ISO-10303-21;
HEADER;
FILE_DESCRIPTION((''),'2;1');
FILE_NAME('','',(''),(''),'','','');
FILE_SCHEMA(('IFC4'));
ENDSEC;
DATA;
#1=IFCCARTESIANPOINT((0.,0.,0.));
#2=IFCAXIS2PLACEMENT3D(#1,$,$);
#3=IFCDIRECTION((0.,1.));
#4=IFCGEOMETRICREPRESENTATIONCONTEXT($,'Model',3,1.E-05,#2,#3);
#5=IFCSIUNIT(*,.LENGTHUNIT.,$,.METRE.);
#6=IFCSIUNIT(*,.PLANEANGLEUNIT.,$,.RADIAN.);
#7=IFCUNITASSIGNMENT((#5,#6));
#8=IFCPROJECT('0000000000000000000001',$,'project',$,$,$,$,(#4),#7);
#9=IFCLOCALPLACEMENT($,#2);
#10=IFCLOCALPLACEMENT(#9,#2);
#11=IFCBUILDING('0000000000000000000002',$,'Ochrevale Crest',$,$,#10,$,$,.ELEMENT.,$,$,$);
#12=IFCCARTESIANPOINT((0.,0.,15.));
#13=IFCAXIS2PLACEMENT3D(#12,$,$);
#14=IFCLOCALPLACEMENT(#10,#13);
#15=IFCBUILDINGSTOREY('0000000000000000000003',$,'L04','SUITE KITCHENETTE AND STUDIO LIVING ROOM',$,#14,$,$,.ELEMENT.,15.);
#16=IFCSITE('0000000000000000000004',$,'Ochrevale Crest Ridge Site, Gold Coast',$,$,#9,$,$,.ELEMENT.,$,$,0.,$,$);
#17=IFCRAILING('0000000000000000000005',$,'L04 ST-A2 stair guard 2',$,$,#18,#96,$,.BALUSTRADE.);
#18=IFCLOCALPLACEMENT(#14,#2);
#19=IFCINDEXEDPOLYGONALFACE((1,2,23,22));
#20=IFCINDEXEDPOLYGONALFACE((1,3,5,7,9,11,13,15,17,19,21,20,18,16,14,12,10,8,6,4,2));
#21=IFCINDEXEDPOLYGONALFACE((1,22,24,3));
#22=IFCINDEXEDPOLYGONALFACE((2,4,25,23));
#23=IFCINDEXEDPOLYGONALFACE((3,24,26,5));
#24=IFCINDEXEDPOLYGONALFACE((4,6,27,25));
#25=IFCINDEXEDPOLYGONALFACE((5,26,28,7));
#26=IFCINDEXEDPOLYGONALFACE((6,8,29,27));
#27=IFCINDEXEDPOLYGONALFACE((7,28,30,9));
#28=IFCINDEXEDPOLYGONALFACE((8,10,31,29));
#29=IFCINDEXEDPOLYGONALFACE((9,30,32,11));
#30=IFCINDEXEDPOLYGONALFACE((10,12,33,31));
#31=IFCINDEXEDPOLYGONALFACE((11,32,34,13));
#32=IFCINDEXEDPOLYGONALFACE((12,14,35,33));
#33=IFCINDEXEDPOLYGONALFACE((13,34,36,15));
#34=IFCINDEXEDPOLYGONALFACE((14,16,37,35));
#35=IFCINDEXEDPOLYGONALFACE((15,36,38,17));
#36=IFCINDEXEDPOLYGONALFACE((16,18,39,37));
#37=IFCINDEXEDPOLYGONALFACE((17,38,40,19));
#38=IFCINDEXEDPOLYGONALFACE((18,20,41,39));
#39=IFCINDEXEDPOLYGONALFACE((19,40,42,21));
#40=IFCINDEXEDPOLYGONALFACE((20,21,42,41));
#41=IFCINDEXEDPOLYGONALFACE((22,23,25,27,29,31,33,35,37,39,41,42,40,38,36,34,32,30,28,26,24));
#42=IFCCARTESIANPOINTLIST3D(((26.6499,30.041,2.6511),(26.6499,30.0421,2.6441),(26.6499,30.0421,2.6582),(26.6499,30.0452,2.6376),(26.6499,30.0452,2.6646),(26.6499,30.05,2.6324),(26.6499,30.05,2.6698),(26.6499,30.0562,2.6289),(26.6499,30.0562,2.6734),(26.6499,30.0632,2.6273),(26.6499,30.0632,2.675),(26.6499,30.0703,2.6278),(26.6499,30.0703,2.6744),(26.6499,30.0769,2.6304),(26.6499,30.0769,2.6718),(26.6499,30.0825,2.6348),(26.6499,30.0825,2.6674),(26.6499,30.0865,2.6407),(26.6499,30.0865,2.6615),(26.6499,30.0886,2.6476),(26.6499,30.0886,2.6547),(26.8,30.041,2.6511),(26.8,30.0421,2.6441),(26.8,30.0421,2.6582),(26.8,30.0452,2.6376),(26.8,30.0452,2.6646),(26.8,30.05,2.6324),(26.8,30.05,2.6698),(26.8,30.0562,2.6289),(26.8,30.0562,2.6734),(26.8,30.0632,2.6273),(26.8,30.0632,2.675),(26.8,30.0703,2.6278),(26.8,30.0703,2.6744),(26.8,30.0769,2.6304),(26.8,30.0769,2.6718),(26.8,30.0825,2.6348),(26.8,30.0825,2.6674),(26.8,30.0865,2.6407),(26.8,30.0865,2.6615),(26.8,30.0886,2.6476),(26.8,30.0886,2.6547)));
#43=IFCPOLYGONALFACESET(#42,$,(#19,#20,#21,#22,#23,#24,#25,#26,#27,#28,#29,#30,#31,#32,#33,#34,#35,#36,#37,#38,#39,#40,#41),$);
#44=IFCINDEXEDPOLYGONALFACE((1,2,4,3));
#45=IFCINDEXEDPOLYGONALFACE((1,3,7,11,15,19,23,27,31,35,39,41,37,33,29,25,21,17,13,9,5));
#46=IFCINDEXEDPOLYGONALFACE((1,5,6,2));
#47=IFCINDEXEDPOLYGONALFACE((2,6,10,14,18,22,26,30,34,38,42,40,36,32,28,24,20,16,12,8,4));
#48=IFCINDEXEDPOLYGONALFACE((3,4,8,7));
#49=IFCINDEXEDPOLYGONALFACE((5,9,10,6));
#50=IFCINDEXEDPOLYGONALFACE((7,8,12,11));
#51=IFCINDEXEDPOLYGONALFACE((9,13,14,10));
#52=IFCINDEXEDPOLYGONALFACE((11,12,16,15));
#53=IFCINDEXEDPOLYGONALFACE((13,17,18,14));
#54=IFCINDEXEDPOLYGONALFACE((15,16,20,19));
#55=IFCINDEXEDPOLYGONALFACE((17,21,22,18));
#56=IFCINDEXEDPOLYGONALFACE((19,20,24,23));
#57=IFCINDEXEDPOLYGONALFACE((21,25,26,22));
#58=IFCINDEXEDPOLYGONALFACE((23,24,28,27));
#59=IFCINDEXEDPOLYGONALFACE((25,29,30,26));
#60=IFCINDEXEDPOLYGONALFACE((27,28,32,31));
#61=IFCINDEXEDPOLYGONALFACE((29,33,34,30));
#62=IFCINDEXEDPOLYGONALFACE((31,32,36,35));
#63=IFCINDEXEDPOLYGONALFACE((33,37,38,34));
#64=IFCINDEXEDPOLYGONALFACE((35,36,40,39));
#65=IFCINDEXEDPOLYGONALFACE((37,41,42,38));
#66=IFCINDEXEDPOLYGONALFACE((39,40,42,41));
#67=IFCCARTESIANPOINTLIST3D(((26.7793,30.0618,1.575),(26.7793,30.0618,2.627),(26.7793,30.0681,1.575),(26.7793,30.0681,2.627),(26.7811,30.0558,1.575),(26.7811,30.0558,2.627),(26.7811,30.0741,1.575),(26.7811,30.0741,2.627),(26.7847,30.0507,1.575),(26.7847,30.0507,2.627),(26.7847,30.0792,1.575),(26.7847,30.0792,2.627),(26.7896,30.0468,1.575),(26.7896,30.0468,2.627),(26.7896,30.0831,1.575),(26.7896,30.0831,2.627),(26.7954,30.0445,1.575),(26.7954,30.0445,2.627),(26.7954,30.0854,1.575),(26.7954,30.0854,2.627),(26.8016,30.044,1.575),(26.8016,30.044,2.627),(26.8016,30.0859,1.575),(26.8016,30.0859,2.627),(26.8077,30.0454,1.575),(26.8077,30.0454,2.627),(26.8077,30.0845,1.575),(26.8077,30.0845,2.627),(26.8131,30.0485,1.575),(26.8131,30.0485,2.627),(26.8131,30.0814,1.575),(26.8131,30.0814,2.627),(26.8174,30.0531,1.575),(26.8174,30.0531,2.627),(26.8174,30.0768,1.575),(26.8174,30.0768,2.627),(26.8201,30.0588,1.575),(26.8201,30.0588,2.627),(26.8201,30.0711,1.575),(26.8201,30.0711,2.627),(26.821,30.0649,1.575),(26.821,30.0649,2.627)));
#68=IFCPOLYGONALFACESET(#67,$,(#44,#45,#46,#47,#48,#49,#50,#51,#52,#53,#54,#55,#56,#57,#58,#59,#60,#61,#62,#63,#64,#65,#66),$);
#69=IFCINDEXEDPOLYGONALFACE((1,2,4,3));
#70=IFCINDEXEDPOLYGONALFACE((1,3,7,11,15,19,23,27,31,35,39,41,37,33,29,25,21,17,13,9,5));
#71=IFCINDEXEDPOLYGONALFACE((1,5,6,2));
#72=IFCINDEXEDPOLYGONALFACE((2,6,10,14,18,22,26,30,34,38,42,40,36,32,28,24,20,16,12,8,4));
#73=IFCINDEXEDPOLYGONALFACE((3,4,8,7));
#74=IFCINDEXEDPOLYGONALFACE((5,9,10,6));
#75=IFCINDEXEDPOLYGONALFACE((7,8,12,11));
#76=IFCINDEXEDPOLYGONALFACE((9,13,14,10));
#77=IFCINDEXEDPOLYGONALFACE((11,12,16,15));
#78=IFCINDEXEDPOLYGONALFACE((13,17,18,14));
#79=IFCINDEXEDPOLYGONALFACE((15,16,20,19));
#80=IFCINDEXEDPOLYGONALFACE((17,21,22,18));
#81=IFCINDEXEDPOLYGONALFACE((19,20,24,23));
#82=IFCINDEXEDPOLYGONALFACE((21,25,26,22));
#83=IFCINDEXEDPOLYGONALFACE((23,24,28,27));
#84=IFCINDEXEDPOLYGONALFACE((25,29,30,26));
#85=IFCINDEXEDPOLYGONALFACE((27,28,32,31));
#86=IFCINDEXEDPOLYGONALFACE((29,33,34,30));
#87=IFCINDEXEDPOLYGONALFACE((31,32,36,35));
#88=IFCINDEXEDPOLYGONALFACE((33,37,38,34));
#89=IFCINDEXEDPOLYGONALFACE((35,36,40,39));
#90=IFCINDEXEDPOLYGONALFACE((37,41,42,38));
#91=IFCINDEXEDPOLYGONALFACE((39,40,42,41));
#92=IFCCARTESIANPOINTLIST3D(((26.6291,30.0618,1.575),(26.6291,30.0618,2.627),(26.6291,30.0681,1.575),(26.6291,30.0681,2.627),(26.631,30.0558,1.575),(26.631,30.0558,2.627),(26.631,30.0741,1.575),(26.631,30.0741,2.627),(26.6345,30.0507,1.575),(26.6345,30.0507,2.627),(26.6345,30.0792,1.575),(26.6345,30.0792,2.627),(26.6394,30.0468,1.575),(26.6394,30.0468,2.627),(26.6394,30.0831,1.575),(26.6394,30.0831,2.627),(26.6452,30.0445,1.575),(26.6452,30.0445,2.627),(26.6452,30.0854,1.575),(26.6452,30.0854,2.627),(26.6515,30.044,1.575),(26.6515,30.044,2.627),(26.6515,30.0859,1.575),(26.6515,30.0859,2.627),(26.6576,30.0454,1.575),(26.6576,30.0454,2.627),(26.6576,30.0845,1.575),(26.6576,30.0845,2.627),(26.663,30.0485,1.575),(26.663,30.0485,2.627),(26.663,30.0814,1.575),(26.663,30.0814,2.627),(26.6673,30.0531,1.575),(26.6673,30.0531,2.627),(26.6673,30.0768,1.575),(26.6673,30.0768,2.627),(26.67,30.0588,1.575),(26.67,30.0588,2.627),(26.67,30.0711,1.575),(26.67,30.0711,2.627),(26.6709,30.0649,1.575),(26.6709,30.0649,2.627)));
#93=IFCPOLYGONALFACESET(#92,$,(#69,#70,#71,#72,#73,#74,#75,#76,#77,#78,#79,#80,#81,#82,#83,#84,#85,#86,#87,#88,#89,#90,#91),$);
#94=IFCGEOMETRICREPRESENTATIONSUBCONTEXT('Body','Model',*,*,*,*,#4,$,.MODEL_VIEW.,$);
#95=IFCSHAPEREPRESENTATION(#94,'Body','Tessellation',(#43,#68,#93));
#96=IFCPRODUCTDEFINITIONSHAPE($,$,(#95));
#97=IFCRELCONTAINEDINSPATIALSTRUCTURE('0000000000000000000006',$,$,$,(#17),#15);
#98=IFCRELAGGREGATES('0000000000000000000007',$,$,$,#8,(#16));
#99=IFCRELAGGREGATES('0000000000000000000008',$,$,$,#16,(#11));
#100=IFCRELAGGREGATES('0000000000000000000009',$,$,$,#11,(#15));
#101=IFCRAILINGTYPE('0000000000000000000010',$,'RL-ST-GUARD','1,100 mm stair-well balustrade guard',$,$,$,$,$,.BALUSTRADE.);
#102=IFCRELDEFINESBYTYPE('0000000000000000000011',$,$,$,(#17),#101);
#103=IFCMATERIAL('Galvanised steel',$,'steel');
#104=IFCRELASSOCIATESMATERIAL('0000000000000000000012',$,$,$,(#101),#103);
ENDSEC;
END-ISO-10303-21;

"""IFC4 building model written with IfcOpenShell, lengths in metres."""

from ifc_helpers import new_model, si_unit, direction, frame, origin, origin_2d, place, context, subcontext, project, spatial, circle, extrude, material, type_object, element, save


model = new_model("IFC4")

# Units and contexts
model_context = context("Model", 3, precision=1e-05, world=origin(), true_north=direction((0.0, 1.0)))
body_context = subcontext(model_context, "Body", "Model", "MODEL_VIEW")
ifc_project = project(units=[si_unit("LENGTHUNIT", "METRE"), si_unit("PLANEANGLEUNIT", "RADIAN")], contexts=[model_context])

# Site, building, storey
site_placement = place(None, origin())
site = spatial("IfcSite", under=ifc_project, at=site_placement, Name="Ochrevale Crest Ridge Site, Gold Coast", CompositionType="ELEMENT", RefElevation=0.0)
building_placement = place(site_placement, origin())
building = spatial("IfcBuilding", under=site, at=building_placement, Name="Ochrevale Crest", CompositionType="ELEMENT")
storey_placement = place(building_placement, frame((0.0, 0.0, 15.0)))
storey = spatial("IfcBuildingStorey", under=building, at=storey_placement, Name="L04", Description="SUITE KITCHENETTE AND STUDIO LIVING ROOM", CompositionType="ELEMENT", Elevation=15.0)

# Railing
ifc_material_1 = material(Name="Galvanised steel", Category="steel")
railing_type_1 = type_object("IfcRailingType", Name="RL-ST-GUARD", Description="1,100 mm stair-well balustrade guard", PredefinedType="BALUSTRADE", material=ifc_material_1)
railing_1_placement = place(storey_placement, frame((26.8, 30.0649, 1.575)))
element("IfcRailing", 1, at=railing_1_placement, inside=storey, type_object=railing_type_1, Name="L04 ST-A2 stair guard 2", PredefinedType="BALUSTRADE", context=body_context, shape_type="SweptSolid", body=[
    extrude(circle(Radius=0.0239, at=origin_2d()), frame((0.0, 0.0, 1.0762), z_axis=(-1.0, 0.0, 0.0), x_axis=(0.0, -1.0, 0.0)), (0.0, 0.0, 1.0), 0.1501),
    extrude(circle(Radius=0.021, at=origin_2d()), origin(), (0.0, 0.0, 1.0), 1.052),
    extrude(circle(Radius=0.021, at=origin_2d()), frame((-0.1501, 0.0, 0.0)), (0.0, 0.0, 1.0), 1.052),
])

save(model, "model.ifc")
